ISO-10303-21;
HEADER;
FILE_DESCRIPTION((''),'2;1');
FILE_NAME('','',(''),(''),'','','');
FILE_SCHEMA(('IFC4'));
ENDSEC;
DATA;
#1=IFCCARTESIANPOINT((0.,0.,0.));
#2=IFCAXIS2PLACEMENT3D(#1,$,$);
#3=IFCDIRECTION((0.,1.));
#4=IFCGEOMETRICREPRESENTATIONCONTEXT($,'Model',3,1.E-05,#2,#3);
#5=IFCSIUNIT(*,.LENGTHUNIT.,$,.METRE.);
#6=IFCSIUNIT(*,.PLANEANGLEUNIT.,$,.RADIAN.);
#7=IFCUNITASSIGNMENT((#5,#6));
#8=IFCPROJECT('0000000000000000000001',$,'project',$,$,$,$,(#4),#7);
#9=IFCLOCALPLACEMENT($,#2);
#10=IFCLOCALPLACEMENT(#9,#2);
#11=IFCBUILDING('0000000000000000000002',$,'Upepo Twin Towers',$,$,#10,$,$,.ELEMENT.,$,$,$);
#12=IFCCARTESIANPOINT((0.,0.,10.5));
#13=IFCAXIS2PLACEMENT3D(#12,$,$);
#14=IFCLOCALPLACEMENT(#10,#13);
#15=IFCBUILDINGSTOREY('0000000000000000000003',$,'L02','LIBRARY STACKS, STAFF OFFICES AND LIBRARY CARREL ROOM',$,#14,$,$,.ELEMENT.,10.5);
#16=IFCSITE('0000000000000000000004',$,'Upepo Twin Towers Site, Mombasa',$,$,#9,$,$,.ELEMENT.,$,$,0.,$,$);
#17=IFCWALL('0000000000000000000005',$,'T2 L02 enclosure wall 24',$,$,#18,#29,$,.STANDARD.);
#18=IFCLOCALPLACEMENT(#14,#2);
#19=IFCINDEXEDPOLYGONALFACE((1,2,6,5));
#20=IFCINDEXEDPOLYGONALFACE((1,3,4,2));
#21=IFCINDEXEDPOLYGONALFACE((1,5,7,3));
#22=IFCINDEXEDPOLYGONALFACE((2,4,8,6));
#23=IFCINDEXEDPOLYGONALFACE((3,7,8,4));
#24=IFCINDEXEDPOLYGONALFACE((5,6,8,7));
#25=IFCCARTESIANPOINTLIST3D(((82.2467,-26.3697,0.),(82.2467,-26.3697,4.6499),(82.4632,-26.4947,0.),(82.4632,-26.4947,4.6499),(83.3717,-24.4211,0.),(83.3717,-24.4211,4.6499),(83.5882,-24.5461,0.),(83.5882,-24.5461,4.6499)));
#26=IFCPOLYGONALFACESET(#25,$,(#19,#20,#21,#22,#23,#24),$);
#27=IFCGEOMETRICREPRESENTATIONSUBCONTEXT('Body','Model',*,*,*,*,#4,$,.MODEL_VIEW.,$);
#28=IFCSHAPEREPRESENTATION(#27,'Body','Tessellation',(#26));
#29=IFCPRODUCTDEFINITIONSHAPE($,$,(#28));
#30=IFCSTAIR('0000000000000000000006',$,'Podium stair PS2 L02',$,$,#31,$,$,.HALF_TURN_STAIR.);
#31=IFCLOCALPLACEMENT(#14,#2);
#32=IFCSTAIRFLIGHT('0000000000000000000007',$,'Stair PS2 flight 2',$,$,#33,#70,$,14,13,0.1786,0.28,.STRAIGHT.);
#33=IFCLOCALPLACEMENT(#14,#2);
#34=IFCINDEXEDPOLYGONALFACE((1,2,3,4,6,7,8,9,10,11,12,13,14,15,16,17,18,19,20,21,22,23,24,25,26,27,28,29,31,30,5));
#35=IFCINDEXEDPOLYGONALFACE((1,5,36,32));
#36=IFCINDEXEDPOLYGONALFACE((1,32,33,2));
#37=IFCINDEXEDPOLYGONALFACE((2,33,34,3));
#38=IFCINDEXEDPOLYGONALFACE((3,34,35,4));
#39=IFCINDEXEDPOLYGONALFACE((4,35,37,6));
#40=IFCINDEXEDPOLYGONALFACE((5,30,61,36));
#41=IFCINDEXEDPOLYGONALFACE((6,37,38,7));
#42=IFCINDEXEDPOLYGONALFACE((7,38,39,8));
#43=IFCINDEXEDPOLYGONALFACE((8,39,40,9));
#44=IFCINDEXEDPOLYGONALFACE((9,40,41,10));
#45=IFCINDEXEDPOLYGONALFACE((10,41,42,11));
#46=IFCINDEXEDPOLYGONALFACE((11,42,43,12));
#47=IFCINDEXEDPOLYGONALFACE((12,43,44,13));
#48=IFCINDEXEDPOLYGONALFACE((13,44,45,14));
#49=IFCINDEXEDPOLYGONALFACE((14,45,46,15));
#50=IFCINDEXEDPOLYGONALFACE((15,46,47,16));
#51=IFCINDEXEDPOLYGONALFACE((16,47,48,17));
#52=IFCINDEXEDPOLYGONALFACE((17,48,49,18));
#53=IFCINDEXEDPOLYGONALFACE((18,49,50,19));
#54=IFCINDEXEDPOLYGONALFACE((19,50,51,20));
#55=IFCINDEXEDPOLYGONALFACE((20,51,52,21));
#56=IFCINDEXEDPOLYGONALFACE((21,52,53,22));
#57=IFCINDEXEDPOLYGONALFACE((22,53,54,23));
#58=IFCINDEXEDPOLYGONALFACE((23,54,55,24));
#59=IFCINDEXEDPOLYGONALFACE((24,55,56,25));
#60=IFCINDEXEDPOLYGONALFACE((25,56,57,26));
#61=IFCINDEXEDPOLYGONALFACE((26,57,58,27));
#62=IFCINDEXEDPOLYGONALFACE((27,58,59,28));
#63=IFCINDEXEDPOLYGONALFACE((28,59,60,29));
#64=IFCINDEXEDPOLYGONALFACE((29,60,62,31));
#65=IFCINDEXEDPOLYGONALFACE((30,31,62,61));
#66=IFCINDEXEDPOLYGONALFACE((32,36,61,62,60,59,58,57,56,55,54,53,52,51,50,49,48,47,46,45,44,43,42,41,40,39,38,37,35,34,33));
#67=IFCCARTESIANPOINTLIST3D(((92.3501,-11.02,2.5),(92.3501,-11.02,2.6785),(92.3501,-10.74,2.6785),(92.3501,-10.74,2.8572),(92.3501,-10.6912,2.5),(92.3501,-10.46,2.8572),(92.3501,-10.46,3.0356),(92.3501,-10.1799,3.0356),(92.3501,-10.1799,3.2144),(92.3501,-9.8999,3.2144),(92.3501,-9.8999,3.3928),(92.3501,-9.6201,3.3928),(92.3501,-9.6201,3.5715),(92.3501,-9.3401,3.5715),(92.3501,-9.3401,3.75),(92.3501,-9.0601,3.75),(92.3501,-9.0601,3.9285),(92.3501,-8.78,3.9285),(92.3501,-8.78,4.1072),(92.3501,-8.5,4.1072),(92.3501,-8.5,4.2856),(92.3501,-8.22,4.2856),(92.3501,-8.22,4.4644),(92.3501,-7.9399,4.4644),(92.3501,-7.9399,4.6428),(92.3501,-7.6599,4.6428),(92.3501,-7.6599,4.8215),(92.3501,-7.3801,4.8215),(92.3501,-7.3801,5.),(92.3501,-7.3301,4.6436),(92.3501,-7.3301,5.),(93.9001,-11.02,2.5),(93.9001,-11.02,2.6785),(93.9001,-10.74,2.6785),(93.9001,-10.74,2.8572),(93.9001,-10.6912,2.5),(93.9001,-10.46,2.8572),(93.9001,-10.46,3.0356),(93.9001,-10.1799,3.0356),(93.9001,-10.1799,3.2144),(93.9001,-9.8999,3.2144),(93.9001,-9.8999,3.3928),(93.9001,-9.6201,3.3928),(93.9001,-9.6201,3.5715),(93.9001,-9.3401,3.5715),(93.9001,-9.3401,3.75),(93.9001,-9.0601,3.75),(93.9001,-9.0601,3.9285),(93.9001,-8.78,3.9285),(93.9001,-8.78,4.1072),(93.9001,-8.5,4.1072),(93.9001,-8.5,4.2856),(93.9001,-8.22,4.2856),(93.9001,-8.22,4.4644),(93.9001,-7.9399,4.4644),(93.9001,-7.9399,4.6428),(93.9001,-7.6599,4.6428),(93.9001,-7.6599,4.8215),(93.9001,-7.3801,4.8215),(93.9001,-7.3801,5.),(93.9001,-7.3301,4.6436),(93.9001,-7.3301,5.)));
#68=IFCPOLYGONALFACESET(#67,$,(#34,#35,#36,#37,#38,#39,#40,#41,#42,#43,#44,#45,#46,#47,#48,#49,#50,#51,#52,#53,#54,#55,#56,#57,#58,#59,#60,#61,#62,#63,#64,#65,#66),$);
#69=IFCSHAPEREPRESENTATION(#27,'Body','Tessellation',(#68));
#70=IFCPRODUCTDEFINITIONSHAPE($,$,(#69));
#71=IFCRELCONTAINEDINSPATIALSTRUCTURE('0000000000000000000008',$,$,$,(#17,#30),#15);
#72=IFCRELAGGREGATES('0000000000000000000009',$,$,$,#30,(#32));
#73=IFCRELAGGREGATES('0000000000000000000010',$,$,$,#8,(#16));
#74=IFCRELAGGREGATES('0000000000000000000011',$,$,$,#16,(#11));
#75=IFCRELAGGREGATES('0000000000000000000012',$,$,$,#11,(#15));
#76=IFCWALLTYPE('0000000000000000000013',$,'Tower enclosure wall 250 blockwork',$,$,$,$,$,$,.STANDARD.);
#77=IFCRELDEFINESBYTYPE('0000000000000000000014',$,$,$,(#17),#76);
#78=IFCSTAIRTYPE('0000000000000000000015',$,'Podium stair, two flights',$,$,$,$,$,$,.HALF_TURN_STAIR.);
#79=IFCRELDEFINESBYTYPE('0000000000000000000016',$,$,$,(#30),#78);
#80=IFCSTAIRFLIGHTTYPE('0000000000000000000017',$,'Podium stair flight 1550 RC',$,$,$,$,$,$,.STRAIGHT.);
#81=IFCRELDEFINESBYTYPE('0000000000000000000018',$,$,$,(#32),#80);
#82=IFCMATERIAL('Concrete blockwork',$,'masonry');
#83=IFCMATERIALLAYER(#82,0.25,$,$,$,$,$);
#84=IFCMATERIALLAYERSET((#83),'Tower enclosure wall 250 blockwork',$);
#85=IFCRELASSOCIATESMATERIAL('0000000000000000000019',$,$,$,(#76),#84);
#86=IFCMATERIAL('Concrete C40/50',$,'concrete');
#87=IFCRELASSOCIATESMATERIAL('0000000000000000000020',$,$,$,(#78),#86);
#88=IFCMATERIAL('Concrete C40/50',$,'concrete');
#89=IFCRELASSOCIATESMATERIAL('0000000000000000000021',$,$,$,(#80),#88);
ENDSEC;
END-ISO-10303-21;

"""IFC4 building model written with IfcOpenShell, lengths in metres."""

from ifc_helpers import new_model, si_unit, direction, frame, frame_2d, origin, place, context, subcontext, project, spatial, polyline, rectangle, outline, extrude, material, layer, layer_set, type_object, element, aggregate, save


model = new_model("IFC4")

# Units and contexts
model_context = context("Model", 3, precision=1e-05, world=origin(), true_north=direction((0.0, 1.0)))
body_context = subcontext(model_context, "Body", "Model", "MODEL_VIEW")
ifc_project = project(units=[si_unit("LENGTHUNIT", "METRE"), si_unit("PLANEANGLEUNIT", "RADIAN")], contexts=[model_context])

# Site, building, storey
site_placement = place(None, origin())
site = spatial("IfcSite", under=ifc_project, at=site_placement, Name="Upepo Twin Towers Site, Mombasa", CompositionType="ELEMENT", RefElevation=0.0)
building_placement = place(site_placement, origin())
building = spatial("IfcBuilding", under=site, at=building_placement, Name="Upepo Twin Towers", CompositionType="ELEMENT")
storey_placement = place(building_placement, frame((0.0, 0.0, 10.5)))
storey = spatial("IfcBuildingStorey", under=building, at=storey_placement, Name="L02", Description="LIBRARY STACKS, STAFF OFFICES AND LIBRARY CARREL ROOM", CompositionType="ELEMENT", Elevation=10.5)

# Shared definitions
ifc_material_1 = material(Name="Concrete blockwork", Category="masonry")
ifc_layer_1 = layer(ifc_material_1, 0.25)
ifc_layer_set_1 = layer_set([ifc_layer_1], Name="Tower enclosure wall 250 blockwork")
wall_type_1 = type_object("IfcWallType", Name="Tower enclosure wall 250 blockwork", PredefinedType="STANDARD", material=ifc_layer_set_1)

# Wall
wall_1_placement = place(storey_placement, frame((83.48, -24.4836, 0.0), z_axis=(0.0, 0.0, 1.0), x_axis=(-0.500014, -0.866018, 0.0)))
element("IfcWall", 1, at=wall_1_placement, inside=storey, type_object=wall_type_1, Name="T2 L02 enclosure wall 24", PredefinedType="STANDARD", context=body_context, shape_type="SweptSolid", body=[
    extrude(rectangle(XDim=2.25, YDim=0.25, at=frame_2d((1.125, 0.0))), origin(), (0.0, 0.0, 1.0), 4.6499),
])

# Stair, stair flight
ifc_material_2 = material(Name="Concrete C40/50", Category="concrete")
stair_type = type_object("IfcStairType", Name="Podium stair, two flights", PredefinedType="HALF_TURN_STAIR", material=ifc_material_2)
stair_placement = place(storey_placement, origin())
stair = element("IfcStair", 2, at=stair_placement, inside=storey, type_object=stair_type, Name="Podium stair PS2 L02", PredefinedType="HALF_TURN_STAIR")
ifc_material_3 = material(Name="Concrete C40/50", Category="concrete")
stair_flight_type = type_object("IfcStairFlightType", Name="Podium stair flight 1550 RC", PredefinedType="STRAIGHT", material=ifc_material_3)
stair_flight_placement = place(storey_placement, frame((93.125, -11.02, 2.5), z_axis=(0.0, 0.0, 1.0), x_axis=(0.0, 1.0, 0.0)))
stair_flight = element("IfcStairFlight", 3, at=stair_flight_placement, type_object=stair_flight_type, Name="Stair PS2 flight 2", NumberOfRisers=14, NumberOfTreads=13, PredefinedType="STRAIGHT", RiserHeight=0.1786, TreadLength=0.28, context=body_context, shape_type="SweptSolid", body=[
    extrude(outline(polyline([(0.0, 0.0), (0.0, 0.1785), (0.28, 0.1785), (0.28, 0.3572), (0.5601, 0.3572), (0.5601, 0.5356), (0.8401, 0.5356), (0.8401, 0.7144), (1.1201, 0.7144), (1.1201, 0.8928), (1.3999, 0.8928), (1.3999, 1.0715), (1.6799, 1.0715), (1.6799, 1.25), (1.96, 1.25), (1.96, 1.4285), (2.24, 1.4285), (2.24, 1.6072), (2.52, 1.6072), (2.52, 1.7856), (2.8, 1.7856), (2.8, 1.9644), (3.0801, 1.9644), (3.0801, 2.1428), (3.3601, 2.1428), (3.3601, 2.3215), (3.6399, 2.3215), (3.6399, 2.5), (3.6899, 2.5), (3.6899, 2.1436), (0.3289, 0.0), (0.0, 0.0)])), frame((0.0, 0.7749, 0.0), z_axis=(0.0, -1.0, 0.0), x_axis=(1.0, 0.0, 0.0)), (0.0, 0.0, 1.0), 1.55),
])
aggregate(stair, [stair_flight])

save(model, "model.ifc")
